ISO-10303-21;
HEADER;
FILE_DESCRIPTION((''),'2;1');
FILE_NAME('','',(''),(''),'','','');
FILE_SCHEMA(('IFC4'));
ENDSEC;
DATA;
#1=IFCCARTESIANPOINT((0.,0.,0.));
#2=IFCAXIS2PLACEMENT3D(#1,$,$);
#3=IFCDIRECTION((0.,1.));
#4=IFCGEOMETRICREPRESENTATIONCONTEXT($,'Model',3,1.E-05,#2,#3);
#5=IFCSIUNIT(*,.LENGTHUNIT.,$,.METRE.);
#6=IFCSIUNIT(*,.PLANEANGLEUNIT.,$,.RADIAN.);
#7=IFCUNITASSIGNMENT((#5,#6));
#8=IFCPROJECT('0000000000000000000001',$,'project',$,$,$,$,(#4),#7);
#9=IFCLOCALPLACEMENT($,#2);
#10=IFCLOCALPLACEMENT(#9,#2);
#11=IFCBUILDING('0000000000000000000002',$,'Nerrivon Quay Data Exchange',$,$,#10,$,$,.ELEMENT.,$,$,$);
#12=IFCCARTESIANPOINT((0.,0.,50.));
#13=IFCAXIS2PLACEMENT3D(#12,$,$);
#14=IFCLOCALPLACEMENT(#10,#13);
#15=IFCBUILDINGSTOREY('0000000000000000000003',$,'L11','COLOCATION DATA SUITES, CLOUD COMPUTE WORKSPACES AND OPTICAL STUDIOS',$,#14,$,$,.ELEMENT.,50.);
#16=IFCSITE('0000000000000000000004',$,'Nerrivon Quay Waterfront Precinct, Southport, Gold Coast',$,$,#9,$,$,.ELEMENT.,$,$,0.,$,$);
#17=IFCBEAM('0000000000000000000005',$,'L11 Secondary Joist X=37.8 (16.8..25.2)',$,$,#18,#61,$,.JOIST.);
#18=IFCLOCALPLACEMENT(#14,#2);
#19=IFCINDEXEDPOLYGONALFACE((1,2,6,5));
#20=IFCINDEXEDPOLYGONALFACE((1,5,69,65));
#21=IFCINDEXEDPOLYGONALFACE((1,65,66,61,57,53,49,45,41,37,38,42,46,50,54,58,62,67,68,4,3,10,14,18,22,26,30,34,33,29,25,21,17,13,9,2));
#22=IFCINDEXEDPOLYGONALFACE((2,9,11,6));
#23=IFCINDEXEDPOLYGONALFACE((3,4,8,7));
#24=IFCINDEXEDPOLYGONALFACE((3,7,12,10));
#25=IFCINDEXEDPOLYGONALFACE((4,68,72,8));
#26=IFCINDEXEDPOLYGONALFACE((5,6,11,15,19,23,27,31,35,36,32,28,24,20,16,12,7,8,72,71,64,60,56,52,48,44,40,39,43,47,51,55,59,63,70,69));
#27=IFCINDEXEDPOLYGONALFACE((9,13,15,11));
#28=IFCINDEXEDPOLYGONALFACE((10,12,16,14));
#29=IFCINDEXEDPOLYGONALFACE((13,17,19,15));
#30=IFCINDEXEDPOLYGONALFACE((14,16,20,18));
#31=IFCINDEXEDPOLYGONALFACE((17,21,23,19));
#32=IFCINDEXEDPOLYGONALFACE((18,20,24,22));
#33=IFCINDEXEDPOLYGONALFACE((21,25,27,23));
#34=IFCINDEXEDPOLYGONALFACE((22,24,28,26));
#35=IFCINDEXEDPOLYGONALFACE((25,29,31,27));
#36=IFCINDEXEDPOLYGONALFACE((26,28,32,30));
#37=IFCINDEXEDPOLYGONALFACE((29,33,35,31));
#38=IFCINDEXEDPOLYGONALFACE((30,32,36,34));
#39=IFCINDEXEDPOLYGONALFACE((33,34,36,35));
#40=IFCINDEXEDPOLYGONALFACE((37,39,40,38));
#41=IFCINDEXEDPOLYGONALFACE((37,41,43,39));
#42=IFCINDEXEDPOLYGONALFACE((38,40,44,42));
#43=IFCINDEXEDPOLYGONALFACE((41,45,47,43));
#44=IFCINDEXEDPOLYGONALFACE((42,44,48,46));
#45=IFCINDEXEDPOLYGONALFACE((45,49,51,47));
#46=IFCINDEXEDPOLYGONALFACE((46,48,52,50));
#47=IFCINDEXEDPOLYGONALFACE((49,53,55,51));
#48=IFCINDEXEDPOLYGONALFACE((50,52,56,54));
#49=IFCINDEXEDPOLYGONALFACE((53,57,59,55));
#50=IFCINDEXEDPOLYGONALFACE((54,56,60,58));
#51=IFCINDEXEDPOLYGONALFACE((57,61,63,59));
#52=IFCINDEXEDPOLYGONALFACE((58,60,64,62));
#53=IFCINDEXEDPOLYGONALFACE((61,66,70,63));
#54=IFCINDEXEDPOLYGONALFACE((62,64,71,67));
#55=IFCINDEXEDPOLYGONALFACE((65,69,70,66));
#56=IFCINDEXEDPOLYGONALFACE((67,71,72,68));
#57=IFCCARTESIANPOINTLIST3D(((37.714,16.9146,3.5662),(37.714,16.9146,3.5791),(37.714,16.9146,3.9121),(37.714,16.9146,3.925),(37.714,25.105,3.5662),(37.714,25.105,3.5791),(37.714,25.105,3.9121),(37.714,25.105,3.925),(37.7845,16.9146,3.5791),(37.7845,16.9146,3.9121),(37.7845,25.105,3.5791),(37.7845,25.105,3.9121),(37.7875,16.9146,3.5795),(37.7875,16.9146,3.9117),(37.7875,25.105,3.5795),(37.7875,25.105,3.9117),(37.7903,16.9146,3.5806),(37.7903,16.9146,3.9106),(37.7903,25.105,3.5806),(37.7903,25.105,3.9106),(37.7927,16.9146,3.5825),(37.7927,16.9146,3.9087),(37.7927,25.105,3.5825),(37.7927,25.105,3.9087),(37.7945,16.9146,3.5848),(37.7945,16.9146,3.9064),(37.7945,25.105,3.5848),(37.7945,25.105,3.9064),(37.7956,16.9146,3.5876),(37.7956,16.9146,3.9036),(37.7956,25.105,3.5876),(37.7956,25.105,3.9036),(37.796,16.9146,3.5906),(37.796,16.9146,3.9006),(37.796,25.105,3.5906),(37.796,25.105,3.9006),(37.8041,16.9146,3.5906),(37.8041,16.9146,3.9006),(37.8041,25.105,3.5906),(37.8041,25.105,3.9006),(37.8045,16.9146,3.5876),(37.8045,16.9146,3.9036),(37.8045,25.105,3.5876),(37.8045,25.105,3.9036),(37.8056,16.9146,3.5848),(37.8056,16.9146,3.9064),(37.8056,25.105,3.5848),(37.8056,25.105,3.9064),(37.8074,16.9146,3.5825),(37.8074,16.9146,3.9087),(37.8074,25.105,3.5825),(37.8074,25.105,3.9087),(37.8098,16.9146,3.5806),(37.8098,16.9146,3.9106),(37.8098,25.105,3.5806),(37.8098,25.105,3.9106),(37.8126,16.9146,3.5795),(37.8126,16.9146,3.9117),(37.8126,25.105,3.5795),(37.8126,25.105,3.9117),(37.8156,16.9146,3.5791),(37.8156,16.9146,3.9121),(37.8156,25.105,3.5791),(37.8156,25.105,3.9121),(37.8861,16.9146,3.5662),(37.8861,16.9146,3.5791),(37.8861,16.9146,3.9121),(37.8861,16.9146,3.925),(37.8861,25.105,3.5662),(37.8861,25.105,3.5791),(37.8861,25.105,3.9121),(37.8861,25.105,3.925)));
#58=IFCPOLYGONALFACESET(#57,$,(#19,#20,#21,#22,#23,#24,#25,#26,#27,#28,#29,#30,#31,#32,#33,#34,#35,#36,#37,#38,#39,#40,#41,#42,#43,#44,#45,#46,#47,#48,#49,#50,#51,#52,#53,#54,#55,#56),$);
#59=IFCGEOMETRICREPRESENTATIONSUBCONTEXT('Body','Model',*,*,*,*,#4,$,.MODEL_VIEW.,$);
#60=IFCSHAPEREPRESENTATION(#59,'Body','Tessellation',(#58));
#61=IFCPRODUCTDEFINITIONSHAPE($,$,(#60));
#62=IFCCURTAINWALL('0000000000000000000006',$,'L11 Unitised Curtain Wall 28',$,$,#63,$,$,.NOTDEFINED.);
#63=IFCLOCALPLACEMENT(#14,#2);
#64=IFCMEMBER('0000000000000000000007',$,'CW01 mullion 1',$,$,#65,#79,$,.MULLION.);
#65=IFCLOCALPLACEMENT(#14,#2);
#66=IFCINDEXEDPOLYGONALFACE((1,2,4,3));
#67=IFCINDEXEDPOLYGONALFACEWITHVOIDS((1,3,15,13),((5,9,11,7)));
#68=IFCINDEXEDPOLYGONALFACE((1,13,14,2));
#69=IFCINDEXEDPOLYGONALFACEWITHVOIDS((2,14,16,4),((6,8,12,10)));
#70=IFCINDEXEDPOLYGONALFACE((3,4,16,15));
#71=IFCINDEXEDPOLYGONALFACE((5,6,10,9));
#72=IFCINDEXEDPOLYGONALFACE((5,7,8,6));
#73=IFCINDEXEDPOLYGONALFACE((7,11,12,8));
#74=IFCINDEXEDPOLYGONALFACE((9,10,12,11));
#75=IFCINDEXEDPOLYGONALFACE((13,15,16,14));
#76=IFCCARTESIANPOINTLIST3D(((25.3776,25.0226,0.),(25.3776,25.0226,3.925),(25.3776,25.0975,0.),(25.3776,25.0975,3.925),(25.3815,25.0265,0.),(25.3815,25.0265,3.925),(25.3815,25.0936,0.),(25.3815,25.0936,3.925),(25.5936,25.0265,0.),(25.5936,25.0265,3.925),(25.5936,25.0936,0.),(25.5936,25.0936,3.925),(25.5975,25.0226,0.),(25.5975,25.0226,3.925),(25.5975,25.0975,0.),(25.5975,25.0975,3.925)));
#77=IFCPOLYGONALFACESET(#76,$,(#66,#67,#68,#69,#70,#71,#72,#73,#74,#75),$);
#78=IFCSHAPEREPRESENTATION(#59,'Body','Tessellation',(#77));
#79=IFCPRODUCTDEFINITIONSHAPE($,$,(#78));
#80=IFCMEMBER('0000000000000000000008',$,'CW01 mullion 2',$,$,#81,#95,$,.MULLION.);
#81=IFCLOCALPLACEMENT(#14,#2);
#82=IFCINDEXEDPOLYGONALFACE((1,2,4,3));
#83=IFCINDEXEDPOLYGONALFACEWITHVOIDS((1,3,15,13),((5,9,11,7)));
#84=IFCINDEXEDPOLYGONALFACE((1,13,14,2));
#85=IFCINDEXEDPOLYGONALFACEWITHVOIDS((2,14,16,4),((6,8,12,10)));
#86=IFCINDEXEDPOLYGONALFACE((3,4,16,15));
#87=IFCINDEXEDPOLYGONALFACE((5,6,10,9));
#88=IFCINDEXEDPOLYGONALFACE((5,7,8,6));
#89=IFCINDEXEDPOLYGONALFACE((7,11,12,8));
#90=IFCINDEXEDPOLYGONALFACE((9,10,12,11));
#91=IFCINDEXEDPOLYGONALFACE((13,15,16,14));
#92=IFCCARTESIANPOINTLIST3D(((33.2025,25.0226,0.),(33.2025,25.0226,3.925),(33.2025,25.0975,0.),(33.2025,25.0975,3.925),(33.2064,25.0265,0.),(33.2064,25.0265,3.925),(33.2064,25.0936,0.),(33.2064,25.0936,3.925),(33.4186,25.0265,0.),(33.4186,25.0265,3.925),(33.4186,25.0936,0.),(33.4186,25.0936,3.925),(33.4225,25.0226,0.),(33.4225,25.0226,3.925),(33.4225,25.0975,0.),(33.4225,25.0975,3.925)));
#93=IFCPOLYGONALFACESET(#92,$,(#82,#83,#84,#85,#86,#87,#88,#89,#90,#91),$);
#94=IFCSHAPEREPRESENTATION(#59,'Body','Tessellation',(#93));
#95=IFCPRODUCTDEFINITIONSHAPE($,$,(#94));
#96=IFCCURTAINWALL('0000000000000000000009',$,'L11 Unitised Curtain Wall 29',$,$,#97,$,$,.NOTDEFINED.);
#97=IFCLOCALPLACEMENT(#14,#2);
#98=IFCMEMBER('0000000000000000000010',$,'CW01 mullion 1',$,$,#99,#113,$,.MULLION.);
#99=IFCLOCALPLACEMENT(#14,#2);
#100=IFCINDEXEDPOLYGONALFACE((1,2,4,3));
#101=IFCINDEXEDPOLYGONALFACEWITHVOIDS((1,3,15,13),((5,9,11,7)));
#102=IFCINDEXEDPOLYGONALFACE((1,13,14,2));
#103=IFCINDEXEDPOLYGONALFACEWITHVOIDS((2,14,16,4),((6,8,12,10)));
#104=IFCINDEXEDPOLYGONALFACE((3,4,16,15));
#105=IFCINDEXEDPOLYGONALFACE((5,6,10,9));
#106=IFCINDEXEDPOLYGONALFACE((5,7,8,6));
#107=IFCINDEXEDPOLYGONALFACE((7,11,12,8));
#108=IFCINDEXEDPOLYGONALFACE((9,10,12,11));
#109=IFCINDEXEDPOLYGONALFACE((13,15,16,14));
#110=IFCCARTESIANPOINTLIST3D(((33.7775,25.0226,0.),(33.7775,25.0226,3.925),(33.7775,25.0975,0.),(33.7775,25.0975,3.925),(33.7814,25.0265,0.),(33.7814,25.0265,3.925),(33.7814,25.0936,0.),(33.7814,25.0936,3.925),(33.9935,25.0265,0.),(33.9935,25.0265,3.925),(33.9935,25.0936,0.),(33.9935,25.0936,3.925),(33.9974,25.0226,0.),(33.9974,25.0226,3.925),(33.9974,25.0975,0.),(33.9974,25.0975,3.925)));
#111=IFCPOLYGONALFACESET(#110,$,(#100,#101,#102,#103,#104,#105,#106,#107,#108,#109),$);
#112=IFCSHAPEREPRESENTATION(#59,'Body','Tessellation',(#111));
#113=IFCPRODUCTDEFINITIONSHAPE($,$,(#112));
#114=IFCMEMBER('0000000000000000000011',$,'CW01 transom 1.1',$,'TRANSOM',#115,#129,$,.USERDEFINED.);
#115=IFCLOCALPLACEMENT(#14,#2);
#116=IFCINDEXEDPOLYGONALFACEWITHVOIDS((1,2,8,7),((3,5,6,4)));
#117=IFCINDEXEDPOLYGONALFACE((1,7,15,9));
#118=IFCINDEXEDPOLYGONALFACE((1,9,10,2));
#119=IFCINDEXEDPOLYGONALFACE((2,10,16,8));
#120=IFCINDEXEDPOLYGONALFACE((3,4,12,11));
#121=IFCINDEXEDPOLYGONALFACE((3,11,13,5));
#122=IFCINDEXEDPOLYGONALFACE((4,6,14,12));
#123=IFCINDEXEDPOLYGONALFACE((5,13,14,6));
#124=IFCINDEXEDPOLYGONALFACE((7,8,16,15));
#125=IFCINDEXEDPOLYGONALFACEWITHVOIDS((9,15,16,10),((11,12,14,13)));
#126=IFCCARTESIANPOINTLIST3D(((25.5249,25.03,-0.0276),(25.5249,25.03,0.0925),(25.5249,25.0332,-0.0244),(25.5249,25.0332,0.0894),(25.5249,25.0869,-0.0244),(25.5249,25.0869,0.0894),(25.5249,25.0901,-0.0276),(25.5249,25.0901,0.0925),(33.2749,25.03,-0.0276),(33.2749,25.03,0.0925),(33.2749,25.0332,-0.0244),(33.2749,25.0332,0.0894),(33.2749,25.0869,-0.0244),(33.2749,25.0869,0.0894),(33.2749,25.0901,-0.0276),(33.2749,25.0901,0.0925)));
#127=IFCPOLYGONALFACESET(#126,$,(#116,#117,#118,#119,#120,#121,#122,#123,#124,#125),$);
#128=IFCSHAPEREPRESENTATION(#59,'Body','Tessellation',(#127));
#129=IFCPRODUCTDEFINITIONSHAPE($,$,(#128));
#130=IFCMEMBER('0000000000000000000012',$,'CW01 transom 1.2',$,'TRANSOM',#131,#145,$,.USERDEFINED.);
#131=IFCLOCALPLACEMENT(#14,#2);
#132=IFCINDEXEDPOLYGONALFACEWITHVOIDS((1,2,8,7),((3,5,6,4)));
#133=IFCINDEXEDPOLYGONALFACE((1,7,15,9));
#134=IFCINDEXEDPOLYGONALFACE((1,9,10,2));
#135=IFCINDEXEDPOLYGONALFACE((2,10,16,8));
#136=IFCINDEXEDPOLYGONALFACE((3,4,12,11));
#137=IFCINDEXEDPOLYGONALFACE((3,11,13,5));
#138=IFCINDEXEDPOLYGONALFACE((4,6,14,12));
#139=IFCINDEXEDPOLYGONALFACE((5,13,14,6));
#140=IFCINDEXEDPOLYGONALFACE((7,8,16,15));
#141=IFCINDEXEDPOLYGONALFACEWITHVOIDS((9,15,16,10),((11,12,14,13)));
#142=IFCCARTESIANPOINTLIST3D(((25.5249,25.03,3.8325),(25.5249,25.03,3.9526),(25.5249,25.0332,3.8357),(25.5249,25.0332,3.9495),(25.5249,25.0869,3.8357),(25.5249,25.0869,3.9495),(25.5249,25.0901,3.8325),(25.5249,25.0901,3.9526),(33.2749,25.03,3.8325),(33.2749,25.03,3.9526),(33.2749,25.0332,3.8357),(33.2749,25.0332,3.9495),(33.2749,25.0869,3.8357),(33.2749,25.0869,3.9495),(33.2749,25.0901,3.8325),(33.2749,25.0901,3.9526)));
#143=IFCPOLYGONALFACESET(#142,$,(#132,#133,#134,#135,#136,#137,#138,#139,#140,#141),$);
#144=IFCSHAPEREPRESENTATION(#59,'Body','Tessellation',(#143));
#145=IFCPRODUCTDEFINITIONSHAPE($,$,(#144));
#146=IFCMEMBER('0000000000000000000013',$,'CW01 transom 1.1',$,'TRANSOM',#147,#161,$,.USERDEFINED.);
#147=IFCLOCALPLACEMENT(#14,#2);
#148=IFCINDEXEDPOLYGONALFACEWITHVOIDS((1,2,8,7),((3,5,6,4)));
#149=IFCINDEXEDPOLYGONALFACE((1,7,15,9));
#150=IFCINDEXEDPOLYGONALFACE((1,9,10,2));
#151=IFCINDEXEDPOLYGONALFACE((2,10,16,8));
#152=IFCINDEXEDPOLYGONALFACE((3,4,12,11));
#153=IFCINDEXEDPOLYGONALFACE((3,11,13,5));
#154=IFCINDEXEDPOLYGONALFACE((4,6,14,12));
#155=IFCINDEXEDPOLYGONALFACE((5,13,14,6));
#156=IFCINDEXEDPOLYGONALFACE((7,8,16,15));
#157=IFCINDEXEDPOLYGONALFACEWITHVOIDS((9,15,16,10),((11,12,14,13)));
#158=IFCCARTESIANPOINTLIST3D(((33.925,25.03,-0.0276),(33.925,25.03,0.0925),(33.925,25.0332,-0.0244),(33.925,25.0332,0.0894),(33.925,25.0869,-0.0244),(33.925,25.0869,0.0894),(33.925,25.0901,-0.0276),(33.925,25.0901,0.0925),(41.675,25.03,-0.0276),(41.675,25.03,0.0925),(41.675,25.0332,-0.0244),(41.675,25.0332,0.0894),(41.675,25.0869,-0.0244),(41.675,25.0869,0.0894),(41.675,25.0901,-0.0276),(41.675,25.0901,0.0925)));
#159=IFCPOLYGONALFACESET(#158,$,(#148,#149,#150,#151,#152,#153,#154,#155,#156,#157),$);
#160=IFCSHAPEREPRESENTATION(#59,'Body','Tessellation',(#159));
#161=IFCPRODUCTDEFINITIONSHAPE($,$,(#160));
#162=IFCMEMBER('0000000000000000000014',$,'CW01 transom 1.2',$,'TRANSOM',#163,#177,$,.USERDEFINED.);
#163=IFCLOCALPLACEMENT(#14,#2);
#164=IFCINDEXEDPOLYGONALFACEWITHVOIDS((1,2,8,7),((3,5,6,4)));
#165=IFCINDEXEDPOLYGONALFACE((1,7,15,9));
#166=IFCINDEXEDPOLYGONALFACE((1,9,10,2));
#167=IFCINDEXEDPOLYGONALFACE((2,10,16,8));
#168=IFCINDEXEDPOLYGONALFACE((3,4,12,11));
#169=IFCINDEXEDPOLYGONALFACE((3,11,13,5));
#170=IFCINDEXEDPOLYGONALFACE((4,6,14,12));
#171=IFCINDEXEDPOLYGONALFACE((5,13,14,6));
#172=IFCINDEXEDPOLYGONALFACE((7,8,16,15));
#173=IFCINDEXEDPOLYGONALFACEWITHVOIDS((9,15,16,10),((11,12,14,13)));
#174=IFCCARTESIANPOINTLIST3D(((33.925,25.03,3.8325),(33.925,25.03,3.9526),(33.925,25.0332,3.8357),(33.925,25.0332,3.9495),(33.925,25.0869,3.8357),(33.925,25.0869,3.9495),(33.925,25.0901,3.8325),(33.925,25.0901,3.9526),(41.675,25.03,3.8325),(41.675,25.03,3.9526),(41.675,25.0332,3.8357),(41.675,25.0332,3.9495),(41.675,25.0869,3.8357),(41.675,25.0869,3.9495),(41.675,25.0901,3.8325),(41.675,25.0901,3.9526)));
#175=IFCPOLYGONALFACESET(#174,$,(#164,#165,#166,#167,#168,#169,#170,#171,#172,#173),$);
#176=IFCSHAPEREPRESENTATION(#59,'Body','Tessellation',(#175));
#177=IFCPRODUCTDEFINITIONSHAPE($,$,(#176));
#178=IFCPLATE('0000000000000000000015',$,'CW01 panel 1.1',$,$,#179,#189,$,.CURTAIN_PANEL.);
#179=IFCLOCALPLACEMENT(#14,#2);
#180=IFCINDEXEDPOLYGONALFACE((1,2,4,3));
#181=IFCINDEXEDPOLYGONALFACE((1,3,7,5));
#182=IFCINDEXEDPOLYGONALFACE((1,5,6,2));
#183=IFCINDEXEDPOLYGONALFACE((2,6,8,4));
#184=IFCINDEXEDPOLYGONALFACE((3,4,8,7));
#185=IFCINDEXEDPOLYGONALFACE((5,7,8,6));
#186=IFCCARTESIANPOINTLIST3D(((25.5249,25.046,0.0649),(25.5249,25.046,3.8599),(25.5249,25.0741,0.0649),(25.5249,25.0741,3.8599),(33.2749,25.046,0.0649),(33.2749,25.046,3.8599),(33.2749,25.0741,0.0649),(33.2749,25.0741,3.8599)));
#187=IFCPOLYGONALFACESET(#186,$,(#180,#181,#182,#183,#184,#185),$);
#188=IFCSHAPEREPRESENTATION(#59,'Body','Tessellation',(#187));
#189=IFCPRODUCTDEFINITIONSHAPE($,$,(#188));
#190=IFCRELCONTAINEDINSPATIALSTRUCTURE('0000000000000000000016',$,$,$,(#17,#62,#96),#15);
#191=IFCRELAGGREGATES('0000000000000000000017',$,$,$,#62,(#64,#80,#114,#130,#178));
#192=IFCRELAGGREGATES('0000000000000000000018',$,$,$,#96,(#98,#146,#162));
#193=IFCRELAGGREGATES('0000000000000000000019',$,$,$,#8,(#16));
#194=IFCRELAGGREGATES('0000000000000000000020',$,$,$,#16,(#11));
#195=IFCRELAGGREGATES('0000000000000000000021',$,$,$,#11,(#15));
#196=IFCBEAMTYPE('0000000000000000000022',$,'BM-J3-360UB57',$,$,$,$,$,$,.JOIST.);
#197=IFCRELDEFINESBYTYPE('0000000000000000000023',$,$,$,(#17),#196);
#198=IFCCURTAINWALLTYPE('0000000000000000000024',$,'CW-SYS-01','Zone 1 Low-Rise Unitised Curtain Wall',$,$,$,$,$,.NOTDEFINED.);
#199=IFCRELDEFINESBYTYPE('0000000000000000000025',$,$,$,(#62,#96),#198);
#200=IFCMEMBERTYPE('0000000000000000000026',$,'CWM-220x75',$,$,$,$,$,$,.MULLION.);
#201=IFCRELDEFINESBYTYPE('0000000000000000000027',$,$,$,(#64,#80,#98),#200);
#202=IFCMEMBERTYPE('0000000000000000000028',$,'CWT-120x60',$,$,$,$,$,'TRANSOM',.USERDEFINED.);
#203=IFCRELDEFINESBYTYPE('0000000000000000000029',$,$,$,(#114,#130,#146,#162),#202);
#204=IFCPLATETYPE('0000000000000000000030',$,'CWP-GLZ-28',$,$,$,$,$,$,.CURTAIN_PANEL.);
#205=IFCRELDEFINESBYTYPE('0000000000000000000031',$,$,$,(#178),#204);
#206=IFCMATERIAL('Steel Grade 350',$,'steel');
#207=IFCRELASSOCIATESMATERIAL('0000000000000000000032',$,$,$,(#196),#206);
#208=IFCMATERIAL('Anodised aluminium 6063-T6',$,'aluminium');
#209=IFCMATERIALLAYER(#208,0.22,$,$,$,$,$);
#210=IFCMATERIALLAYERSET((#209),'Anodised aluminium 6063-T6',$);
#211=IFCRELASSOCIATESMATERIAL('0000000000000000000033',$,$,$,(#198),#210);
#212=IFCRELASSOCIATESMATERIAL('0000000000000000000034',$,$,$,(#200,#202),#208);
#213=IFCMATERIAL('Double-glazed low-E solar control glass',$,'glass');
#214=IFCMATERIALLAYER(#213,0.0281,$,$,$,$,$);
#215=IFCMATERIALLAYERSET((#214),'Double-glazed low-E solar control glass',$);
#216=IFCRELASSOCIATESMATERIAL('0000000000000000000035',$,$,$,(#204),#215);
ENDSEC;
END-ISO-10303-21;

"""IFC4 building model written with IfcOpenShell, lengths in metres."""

from ifc_helpers import new_model, si_unit, direction, frame, origin, origin_2d, place, context, subcontext, project, spatial, rectangle, hollow_rectangle, i_section, extrude, material, layer, layer_set, material_profile, profile_set, type_object, element, aggregate, save


model = new_model("IFC4")

# Units and contexts
model_context = context("Model", 3, precision=1e-05, world=origin(), true_north=direction((0.0, 1.0)))
body_context = subcontext(model_context, "Body", "Model", "MODEL_VIEW")
ifc_project = project(units=[si_unit("LENGTHUNIT", "METRE"), si_unit("PLANEANGLEUNIT", "RADIAN")], contexts=[model_context])

# Site, building, storey
site_placement = place(None, origin())
site = spatial("IfcSite", under=ifc_project, at=site_placement, Name="Nerrivon Quay Waterfront Precinct, Southport, Gold Coast", CompositionType="ELEMENT", RefElevation=0.0)
building_placement = place(site_placement, origin())
building = spatial("IfcBuilding", under=site, at=building_placement, Name="Nerrivon Quay Data Exchange", CompositionType="ELEMENT")
storey_placement = place(building_placement, frame((0.0, 0.0, 50.0)))
storey = spatial("IfcBuildingStorey", under=building, at=storey_placement, Name="L11", Description="COLOCATION DATA SUITES, CLOUD COMPUTE WORKSPACES AND OPTICAL STUDIOS", CompositionType="ELEMENT", Elevation=50.0)

# Beam
ifc_material_1 = material(Name="Steel Grade 350", Category="steel")
ifc_material_profile_1 = material_profile(ifc_material_1, i_section(OverallWidth=0.1721, OverallDepth=0.3589, WebThickness=0.0081, FlangeThickness=0.0129, FilletRadius=0.0115, at=origin_2d()), Name="360UB56.7")
ifc_profile_set_1 = profile_set([ifc_material_profile_1], Name="Steel Grade 350")
beam_type_1 = type_object("IfcBeamType", Name="BM-J3-360UB57", PredefinedType="JOIST", material=ifc_profile_set_1)
for number, where, z_axis, x_axis, name in (
    (1, (37.8, 16.9146, 3.7456), (0.0, 1.0, 0.0), (-1.0, 0.0, 0.0), "L11 Secondary Joist X=37.8 (16.8..25.2)"),
):
    element("IfcBeam", number, at=place(storey_placement, frame(where, z_axis=z_axis, x_axis=x_axis)), inside=storey, type_object=beam_type_1, Name=name, PredefinedType="JOIST", context=body_context, shape_type="SweptSolid", body=[
        extrude(i_section(OverallWidth=0.1721, OverallDepth=0.3589, WebThickness=0.0081, FlangeThickness=0.0129, FilletRadius=0.0115, at=origin_2d()), origin(), (0.0, 0.0, 1.0), 8.1904),
    ])

# Curtain wall, members
ifc_material_2 = material(Name="Anodised aluminium 6063-T6", Category="aluminium")
ifc_layer_1 = layer(ifc_material_2, 0.22)
ifc_layer_set_1 = layer_set([ifc_layer_1], Name="Anodised aluminium 6063-T6")
curtain_wall_type = type_object("IfcCurtainWallType", Name="CW-SYS-01", Description="Zone 1 Low-Rise Unitised Curtain Wall", PredefinedType="NOTDEFINED", material=ifc_layer_set_1)
curtain_wall_1_placement = place(storey_placement, origin())
curtain_wall_1 = element("IfcCurtainWall", 2, at=curtain_wall_1_placement, inside=storey, type_object=curtain_wall_type, Name="L11 Unitised Curtain Wall 28", PredefinedType="NOTDEFINED")
ifc_material_profile_2 = material_profile(ifc_material_2, hollow_rectangle(XDim=0.075, YDim=0.22, WallThickness=0.0039, at=origin_2d()), Name="ALU-MULL-220x75")
ifc_profile_set_2 = profile_set([ifc_material_profile_2], Name="Anodised aluminium 6063-T6")
member_type_1 = type_object("IfcMemberType", Name="CWM-220x75", PredefinedType="MULLION", material=ifc_profile_set_2)
member_1_placement = place(storey_placement, frame((25.4875, 25.0601, 0.0), z_axis=(0.0, 0.0, 1.0), x_axis=(0.0, 1.0, 0.0)))
member_1 = element("IfcMember", 3, at=member_1_placement, type_object=member_type_1, Name="CW01 mullion 1", PredefinedType="MULLION", context=body_context, shape_type="SweptSolid", body=[
    extrude(hollow_rectangle(XDim=0.075, YDim=0.22, WallThickness=0.0039, at=origin_2d()), origin(), (0.0, 0.0, 1.0), 3.925),
])
member_2_placement = place(storey_placement, frame((33.3125, 25.0601, 0.0), z_axis=(0.0, 0.0, 1.0), x_axis=(0.0, 1.0, 0.0)))
member_2 = element("IfcMember", 4, at=member_2_placement, type_object=member_type_1, Name="CW01 mullion 2", PredefinedType="MULLION", context=body_context, shape_type="SweptSolid", body=[
    extrude(hollow_rectangle(XDim=0.075, YDim=0.22, WallThickness=0.0039, at=origin_2d()), origin(), (0.0, 0.0, 1.0), 3.925),
])

# Curtain wall, member
curtain_wall_2_placement = place(storey_placement, origin())
curtain_wall_2 = element("IfcCurtainWall", 5, at=curtain_wall_2_placement, inside=storey, type_object=curtain_wall_type, Name="L11 Unitised Curtain Wall 29", PredefinedType="NOTDEFINED")
member_3_placement = place(storey_placement, frame((33.8875, 25.0601, 0.0), z_axis=(0.0, 0.0, 1.0), x_axis=(0.0, 1.0, 0.0)))
member_3 = element("IfcMember", 6, at=member_3_placement, type_object=member_type_1, Name="CW01 mullion 1", PredefinedType="MULLION", context=body_context, shape_type="SweptSolid", body=[
    extrude(hollow_rectangle(XDim=0.075, YDim=0.22, WallThickness=0.0039, at=origin_2d()), origin(), (0.0, 0.0, 1.0), 3.925),
])

# Members
ifc_material_profile_3 = material_profile(ifc_material_2, hollow_rectangle(XDim=0.0601, YDim=0.1201, WallThickness=0.0032, at=origin_2d()), Name="ALU-TRAN-120x60")
ifc_profile_set_3 = profile_set([ifc_material_profile_3], Name="Anodised aluminium 6063-T6")
member_type_2 = type_object("IfcMemberType", Name="CWT-120x60", ElementType="TRANSOM", PredefinedType="USERDEFINED", material=ifc_profile_set_3)
member_4_placement = place(storey_placement, frame((25.5249, 25.0601, 0.0325), z_axis=(1.0, 0.0, 0.0), x_axis=(0.0, 1.0, 0.0)))
member_4 = element("IfcMember", 7, at=member_4_placement, type_object=member_type_2, Name="CW01 transom 1.1", ObjectType="TRANSOM", PredefinedType="USERDEFINED", context=body_context, shape_type="SweptSolid", body=[
    extrude(hollow_rectangle(XDim=0.0601, YDim=0.1201, WallThickness=0.0032, at=origin_2d()), origin(), (0.0, 0.0, 1.0), 7.75),
])
member_5_placement = place(storey_placement, frame((25.5249, 25.0601, 3.8926), z_axis=(1.0, 0.0, 0.0), x_axis=(0.0, 1.0, 0.0)))
member_5 = element("IfcMember", 8, at=member_5_placement, type_object=member_type_2, Name="CW01 transom 1.2", ObjectType="TRANSOM", PredefinedType="USERDEFINED", context=body_context, shape_type="SweptSolid", body=[
    extrude(hollow_rectangle(XDim=0.0601, YDim=0.1201, WallThickness=0.0032, at=origin_2d()), origin(), (0.0, 0.0, 1.0), 7.75),
])
member_6_placement = place(storey_placement, frame((33.925, 25.0601, 0.0325), z_axis=(1.0, 0.0, 0.0), x_axis=(0.0, 1.0, 0.0)))
member_6 = element("IfcMember", 9, at=member_6_placement, type_object=member_type_2, Name="CW01 transom 1.1", ObjectType="TRANSOM", PredefinedType="USERDEFINED", context=body_context, shape_type="SweptSolid", body=[
    extrude(hollow_rectangle(XDim=0.0601, YDim=0.1201, WallThickness=0.0032, at=origin_2d()), origin(), (0.0, 0.0, 1.0), 7.75),
])
member_7_placement = place(storey_placement, frame((33.925, 25.0601, 3.8926), z_axis=(1.0, 0.0, 0.0), x_axis=(0.0, 1.0, 0.0)))
member_7 = element("IfcMember", 10, at=member_7_placement, type_object=member_type_2, Name="CW01 transom 1.2", ObjectType="TRANSOM", PredefinedType="USERDEFINED", context=body_context, shape_type="SweptSolid", body=[
    extrude(hollow_rectangle(XDim=0.0601, YDim=0.1201, WallThickness=0.0032, at=origin_2d()), origin(), (0.0, 0.0, 1.0), 7.75),
])

# Plate
ifc_material_3 = material(Name="Double-glazed low-E solar control glass", Category="glass")
ifc_layer_2 = layer(ifc_material_3, 0.0281)
ifc_layer_set_2 = layer_set([ifc_layer_2], Name="Double-glazed low-E solar control glass")
plate_type = type_object("IfcPlateType", Name="CWP-GLZ-28", PredefinedType="CURTAIN_PANEL", material=ifc_layer_set_2)
plate_1_placement = place(storey_placement, frame((29.3999, 25.0601, 0.0649), z_axis=(0.0, 0.0, 1.0), x_axis=(1.0, 0.0, 0.0)))
plate_1 = element("IfcPlate", 11, at=plate_1_placement, type_object=plate_type, Name="CW01 panel 1.1", PredefinedType="CURTAIN_PANEL", context=body_context, shape_type="SweptSolid", body=[
    extrude(rectangle(XDim=7.75, YDim=0.0281, at=origin_2d()), origin(), (0.0, 0.0, 1.0), 3.7949),
])
aggregate(curtain_wall_1, [member_1, member_2, member_4, member_5, plate_1])
aggregate(curtain_wall_2, [member_3, member_6, member_7])

save(model, "model.ifc")
